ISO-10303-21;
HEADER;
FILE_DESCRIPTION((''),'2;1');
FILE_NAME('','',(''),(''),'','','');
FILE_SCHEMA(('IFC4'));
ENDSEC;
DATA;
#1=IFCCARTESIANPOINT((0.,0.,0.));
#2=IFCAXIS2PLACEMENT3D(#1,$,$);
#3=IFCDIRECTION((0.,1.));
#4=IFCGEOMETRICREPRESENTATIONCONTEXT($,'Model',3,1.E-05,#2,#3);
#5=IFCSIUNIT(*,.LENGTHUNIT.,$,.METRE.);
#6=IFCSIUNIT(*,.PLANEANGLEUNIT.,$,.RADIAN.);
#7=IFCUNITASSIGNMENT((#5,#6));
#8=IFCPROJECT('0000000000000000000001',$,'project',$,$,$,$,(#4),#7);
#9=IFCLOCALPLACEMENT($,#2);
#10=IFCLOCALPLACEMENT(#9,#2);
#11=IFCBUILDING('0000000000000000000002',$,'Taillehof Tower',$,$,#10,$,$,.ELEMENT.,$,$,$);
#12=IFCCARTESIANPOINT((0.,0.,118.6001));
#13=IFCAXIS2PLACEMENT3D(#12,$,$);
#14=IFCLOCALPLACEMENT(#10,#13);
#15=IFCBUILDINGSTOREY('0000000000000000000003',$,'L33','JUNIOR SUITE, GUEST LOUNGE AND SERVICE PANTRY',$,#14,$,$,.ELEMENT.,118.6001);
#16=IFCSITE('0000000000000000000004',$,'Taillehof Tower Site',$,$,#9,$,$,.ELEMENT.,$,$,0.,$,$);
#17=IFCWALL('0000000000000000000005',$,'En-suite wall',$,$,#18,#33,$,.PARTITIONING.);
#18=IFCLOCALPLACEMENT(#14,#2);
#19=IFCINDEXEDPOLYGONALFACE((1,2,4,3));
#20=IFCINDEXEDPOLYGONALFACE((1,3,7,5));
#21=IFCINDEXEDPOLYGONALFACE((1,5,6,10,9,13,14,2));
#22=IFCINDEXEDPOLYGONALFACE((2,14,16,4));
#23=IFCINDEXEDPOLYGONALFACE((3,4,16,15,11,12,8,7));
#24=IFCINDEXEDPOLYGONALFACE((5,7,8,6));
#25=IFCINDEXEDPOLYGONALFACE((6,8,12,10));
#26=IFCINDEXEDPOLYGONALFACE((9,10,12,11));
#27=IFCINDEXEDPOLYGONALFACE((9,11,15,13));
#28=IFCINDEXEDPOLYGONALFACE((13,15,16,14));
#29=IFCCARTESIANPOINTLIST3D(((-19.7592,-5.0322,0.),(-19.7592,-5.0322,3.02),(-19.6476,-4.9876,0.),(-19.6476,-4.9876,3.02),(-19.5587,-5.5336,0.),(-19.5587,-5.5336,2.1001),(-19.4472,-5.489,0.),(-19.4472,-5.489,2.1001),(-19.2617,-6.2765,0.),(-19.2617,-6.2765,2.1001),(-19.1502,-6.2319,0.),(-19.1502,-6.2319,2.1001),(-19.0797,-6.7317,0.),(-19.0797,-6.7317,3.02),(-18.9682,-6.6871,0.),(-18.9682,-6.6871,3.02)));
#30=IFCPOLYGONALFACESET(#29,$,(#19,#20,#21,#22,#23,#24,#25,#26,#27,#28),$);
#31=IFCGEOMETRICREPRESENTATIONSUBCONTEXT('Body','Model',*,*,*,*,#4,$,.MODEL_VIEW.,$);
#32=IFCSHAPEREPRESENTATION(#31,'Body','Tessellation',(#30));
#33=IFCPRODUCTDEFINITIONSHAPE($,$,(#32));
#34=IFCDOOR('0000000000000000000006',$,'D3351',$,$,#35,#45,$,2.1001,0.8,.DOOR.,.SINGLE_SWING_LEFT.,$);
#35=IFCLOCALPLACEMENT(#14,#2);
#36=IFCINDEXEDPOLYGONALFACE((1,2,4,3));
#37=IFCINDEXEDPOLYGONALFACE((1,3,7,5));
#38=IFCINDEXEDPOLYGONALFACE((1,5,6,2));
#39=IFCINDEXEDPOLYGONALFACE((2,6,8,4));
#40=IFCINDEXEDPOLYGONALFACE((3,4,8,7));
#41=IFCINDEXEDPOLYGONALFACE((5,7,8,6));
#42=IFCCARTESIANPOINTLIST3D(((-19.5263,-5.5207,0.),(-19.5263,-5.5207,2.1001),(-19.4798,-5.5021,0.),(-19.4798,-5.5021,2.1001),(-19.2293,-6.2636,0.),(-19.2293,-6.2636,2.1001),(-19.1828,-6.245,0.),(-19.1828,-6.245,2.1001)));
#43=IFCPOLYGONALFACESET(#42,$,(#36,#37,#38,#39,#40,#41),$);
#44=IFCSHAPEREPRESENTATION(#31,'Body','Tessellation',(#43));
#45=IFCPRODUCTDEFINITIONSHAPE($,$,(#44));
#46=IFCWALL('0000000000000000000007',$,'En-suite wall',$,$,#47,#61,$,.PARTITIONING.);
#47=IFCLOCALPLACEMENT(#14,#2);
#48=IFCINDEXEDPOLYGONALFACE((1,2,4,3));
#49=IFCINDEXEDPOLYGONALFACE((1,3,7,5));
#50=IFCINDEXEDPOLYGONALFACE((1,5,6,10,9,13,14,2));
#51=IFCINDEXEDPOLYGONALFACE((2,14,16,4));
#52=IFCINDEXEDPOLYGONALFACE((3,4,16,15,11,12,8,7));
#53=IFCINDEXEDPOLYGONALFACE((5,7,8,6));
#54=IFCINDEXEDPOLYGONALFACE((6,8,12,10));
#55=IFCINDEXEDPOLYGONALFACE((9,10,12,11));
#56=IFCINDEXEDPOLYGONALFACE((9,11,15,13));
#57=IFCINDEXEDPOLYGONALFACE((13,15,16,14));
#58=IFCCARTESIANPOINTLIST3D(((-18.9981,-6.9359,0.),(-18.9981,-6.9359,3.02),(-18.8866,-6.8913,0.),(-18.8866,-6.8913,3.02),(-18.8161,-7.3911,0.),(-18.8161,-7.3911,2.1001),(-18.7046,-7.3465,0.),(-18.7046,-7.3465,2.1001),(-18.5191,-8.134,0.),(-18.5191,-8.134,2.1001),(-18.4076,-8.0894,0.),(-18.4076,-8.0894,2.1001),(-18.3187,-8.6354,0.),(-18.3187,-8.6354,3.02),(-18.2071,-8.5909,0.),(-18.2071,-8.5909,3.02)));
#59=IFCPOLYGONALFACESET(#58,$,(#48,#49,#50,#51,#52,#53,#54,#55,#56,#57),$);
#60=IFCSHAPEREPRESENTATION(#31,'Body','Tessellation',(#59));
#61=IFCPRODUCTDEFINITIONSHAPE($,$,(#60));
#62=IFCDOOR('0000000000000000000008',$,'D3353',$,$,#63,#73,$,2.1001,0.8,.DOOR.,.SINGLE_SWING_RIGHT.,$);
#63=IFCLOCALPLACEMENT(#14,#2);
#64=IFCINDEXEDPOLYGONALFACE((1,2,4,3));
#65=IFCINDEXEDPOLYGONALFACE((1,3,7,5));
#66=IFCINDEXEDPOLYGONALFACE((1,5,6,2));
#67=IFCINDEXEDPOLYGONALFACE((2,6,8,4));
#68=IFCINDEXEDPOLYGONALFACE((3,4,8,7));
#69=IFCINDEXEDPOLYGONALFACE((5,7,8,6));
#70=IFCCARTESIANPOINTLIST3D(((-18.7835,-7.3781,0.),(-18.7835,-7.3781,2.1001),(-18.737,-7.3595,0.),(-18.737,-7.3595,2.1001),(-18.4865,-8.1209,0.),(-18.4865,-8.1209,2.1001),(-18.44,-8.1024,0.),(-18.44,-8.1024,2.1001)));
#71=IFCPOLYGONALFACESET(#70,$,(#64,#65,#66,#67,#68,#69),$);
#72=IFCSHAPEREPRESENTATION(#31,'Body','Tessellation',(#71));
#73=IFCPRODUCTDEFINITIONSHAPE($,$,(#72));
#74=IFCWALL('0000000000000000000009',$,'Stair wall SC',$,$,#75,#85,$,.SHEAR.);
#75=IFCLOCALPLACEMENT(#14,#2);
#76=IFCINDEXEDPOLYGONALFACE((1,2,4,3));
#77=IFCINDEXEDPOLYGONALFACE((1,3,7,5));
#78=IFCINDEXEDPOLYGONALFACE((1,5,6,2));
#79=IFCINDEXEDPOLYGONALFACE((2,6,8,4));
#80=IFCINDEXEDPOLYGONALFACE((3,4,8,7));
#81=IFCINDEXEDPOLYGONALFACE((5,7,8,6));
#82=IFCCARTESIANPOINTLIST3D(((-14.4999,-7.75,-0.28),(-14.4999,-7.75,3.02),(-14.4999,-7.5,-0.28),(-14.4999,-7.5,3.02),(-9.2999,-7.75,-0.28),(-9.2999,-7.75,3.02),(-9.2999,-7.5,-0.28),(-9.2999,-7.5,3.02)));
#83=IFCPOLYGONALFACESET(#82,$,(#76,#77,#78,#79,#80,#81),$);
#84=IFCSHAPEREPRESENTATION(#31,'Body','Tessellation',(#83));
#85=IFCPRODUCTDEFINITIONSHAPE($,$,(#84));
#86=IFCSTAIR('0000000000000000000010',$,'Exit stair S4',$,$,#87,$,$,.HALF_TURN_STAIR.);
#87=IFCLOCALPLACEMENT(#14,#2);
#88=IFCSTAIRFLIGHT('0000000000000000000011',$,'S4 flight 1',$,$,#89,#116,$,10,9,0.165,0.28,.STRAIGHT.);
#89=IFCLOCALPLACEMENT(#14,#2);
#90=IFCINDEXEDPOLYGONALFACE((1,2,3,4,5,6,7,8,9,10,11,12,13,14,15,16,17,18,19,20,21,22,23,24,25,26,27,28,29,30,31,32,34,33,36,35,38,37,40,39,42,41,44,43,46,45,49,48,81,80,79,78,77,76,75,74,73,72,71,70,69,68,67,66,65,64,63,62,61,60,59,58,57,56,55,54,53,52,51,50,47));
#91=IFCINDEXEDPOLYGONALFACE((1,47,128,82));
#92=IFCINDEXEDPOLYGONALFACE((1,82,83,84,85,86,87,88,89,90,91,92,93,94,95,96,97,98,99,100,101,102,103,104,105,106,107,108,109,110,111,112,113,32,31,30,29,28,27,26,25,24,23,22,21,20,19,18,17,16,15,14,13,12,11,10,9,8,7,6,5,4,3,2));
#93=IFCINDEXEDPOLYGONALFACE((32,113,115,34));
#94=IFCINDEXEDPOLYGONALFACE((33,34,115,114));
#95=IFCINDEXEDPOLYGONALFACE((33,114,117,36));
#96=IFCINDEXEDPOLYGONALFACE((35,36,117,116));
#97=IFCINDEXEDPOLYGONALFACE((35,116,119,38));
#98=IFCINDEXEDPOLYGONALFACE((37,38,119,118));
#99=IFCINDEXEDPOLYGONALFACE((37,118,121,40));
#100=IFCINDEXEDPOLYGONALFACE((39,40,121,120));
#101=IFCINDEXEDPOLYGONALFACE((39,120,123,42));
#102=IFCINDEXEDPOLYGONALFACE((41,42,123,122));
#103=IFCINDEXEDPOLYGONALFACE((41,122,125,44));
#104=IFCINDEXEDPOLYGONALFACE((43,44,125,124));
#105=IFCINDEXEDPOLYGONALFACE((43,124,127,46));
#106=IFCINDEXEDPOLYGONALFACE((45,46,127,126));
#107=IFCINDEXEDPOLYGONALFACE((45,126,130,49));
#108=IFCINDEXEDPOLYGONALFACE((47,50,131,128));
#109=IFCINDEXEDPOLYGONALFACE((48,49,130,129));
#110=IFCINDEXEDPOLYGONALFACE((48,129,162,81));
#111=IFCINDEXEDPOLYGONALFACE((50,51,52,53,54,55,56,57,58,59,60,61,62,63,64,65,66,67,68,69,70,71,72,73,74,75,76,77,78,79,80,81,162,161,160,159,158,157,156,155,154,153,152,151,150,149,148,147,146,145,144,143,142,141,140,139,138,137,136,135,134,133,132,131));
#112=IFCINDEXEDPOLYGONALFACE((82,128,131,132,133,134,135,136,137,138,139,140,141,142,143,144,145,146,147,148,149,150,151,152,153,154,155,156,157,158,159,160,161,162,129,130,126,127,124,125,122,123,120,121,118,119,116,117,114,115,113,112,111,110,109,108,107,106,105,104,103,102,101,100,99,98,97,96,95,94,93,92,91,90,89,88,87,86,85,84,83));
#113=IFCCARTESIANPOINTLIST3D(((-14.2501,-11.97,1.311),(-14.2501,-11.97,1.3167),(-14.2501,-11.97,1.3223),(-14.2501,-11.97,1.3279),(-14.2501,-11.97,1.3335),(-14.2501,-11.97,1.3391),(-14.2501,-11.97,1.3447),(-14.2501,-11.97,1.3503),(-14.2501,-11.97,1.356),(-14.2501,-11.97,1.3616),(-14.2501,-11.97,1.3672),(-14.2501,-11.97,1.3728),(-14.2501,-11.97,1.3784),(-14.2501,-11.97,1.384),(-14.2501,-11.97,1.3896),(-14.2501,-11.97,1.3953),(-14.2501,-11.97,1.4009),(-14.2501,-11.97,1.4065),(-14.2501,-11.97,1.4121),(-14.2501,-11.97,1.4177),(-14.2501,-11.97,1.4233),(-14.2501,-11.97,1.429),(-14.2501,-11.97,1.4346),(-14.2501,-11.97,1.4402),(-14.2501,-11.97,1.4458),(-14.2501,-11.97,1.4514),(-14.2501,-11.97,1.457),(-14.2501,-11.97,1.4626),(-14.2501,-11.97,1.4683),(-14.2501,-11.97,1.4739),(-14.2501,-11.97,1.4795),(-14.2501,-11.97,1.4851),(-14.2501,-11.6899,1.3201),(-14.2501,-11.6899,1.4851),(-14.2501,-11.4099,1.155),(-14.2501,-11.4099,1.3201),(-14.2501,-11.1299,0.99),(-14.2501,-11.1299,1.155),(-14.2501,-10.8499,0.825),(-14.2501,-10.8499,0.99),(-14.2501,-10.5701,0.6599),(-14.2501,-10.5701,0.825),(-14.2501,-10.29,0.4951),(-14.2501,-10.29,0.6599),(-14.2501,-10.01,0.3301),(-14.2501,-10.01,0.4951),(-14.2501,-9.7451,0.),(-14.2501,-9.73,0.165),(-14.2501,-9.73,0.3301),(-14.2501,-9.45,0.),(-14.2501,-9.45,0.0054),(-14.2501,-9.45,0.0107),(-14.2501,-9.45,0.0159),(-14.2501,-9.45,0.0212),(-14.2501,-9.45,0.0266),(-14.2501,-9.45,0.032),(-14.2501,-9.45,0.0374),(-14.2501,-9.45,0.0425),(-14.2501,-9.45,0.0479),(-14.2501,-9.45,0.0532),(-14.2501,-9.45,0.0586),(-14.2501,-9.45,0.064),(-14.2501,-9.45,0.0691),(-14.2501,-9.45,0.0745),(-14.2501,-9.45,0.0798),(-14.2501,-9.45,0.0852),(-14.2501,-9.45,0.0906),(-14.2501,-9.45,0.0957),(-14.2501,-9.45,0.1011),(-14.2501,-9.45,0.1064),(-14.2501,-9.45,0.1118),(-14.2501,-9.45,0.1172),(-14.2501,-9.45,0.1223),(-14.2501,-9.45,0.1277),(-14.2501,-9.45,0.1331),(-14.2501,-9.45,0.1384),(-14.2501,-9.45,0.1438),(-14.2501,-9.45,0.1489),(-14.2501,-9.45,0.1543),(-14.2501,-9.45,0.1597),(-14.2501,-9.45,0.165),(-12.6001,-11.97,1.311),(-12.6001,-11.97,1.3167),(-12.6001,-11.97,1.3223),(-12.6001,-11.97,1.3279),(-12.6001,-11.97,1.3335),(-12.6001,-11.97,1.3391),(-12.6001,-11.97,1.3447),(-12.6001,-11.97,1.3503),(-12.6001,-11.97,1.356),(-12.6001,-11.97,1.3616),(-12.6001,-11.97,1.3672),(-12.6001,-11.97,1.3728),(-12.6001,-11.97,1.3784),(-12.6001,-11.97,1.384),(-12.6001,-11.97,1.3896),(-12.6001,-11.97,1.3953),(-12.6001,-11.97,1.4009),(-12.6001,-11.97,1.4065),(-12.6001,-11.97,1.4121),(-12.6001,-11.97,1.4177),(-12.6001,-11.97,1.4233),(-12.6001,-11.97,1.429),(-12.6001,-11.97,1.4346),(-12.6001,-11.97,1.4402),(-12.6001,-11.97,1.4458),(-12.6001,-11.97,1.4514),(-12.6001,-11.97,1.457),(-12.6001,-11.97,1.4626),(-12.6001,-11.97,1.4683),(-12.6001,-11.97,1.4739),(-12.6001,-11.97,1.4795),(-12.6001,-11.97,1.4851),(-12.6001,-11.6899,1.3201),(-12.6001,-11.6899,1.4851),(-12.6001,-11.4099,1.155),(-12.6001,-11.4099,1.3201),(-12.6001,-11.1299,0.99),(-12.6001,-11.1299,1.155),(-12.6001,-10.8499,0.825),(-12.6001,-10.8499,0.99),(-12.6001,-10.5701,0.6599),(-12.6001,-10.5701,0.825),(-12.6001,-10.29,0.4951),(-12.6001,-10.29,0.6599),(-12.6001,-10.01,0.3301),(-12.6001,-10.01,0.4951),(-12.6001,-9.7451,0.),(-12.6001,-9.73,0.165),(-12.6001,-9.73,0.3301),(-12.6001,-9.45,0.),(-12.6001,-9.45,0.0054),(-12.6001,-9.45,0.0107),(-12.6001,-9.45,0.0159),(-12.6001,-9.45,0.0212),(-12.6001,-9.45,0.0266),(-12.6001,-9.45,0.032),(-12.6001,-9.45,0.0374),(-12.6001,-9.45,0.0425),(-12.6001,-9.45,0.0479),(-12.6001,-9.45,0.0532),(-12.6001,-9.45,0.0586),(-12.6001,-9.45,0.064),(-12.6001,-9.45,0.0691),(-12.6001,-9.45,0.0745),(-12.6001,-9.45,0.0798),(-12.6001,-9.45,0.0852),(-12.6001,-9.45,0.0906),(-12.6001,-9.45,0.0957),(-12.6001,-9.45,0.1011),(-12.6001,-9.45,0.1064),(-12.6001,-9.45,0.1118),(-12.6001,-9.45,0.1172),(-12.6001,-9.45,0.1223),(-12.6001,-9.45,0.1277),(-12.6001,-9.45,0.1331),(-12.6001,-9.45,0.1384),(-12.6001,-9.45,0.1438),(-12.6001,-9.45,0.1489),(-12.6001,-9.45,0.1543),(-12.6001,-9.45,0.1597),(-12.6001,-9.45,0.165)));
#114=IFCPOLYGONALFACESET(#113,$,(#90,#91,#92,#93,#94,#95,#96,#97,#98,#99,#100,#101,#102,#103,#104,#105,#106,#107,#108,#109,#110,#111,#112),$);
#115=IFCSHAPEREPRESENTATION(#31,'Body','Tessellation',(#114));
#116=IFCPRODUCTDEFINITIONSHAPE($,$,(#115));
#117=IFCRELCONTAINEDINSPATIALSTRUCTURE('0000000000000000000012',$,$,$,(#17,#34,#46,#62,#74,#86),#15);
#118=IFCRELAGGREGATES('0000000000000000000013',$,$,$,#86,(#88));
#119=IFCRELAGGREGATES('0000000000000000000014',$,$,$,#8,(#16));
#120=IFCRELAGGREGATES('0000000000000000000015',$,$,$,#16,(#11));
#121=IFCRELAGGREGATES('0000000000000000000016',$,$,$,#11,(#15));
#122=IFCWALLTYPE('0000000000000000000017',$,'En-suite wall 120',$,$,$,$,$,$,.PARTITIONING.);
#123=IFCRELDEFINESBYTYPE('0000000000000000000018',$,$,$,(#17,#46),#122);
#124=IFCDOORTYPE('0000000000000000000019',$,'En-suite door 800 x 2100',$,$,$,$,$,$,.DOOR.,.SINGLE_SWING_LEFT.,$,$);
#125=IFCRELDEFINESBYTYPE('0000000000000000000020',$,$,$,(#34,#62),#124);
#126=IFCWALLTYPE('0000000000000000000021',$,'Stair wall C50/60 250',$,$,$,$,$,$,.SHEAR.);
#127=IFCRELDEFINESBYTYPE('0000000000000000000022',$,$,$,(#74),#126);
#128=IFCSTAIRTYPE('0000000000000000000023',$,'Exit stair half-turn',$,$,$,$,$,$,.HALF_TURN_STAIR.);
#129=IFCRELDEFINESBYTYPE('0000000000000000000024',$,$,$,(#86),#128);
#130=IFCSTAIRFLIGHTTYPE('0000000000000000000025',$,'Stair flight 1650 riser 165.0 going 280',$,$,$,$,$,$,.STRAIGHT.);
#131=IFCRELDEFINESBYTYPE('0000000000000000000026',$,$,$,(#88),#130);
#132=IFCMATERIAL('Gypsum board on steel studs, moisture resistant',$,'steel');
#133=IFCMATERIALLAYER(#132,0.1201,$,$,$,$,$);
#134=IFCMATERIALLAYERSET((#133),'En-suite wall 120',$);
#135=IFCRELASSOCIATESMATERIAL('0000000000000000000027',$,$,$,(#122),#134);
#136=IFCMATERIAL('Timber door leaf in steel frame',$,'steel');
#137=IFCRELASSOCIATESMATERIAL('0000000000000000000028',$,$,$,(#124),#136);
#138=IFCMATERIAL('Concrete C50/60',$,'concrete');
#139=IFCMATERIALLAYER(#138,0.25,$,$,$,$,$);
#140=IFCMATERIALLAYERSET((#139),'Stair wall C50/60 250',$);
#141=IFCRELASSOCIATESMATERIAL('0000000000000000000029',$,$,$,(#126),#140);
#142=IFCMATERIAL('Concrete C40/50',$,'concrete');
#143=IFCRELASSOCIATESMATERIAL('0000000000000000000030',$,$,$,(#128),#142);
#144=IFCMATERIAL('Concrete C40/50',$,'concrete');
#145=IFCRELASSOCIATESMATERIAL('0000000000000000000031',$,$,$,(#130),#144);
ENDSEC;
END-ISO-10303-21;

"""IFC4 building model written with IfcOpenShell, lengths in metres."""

from ifc_helpers import new_model, si_unit, direction, frame, frame_2d, origin, place, context, subcontext, project, spatial, polyline, rectangle, outline, extrude, material, layer, layer_set, type_object, element, fill, aggregate, save


model = new_model("IFC4")

# Units and contexts
model_context = context("Model", 3, precision=1e-05, world=origin(), true_north=direction((0.0, 1.0)))
body_context = subcontext(model_context, "Body", "Model", "MODEL_VIEW")
ifc_project = project(units=[si_unit("LENGTHUNIT", "METRE"), si_unit("PLANEANGLEUNIT", "RADIAN")], contexts=[model_context])

# Site, building, storey
site_placement = place(None, origin())
site = spatial("IfcSite", under=ifc_project, at=site_placement, Name="Taillehof Tower Site", CompositionType="ELEMENT", RefElevation=0.0)
building_placement = place(site_placement, origin())
building = spatial("IfcBuilding", under=site, at=building_placement, Name="Taillehof Tower", CompositionType="ELEMENT")
storey_placement = place(building_placement, frame((0.0, 0.0, 118.6001)))
storey = spatial("IfcBuildingStorey", under=building, at=storey_placement, Name="L33", Description="JUNIOR SUITE, GUEST LOUNGE AND SERVICE PANTRY", CompositionType="ELEMENT", Elevation=118.6001)

# Shared definitions
ifc_material_1 = material(Name="Gypsum board on steel studs, moisture resistant", Category="steel")
ifc_layer_1 = layer(ifc_material_1, 0.1201)
ifc_layer_set_1 = layer_set([ifc_layer_1], Name="En-suite wall 120")
wall_type_1 = type_object("IfcWallType", Name="En-suite wall 120", PredefinedType="PARTITIONING", material=ifc_layer_set_1)

# Walls, openings, doors
wall_1_placement = place(storey_placement, frame((-19.7034, -5.01, 0.0), z_axis=(0.0, 0.0, 1.0), x_axis=(0.37123, -0.928541, 0.0)))
wall_1 = element("IfcWall", 1, at=wall_1_placement, inside=storey, type_object=wall_type_1, Name="En-suite wall", PredefinedType="PARTITIONING", context=body_context, shape_type="SweptSolid", body=[
    extrude(rectangle(XDim=1.8303, YDim=0.1201, at=frame_2d((0.915, 0.0))), origin(), (0.0, 0.0, 1.0), 3.02),
])
opening_1_placement = place(wall_1_placement, frame((0.54, 0.0, 0.0)))
opening_1 = element("IfcOpeningElement", 2, at=opening_1_placement, cuts=wall_1, PredefinedType="OPENING", context=body_context, shape_type="SweptSolid", body=[
    extrude(rectangle(XDim=0.8, YDim=2.1001, at=frame_2d((0.3999, 1.05))), frame((0.0, 0.0701, 0.0), z_axis=(0.0, -1.0, 0.0), x_axis=(1.0, 0.0, 0.0)), (0.0, 0.0, 1.0), 0.1401),
])
ifc_material_2 = material(Name="Timber door leaf in steel frame", Category="steel")
door_type_1 = type_object("IfcDoorType", Name="En-suite door 800 x 2100", OperationType="SINGLE_SWING_LEFT", PredefinedType="DOOR", material=ifc_material_2)
door_1_placement = place(opening_1_placement, origin())
door_1 = element("IfcDoor", 3, at=door_1_placement, inside=storey, type_object=door_type_1, Name="D3351", OperationType="SINGLE_SWING_LEFT", OverallHeight=2.1001, OverallWidth=0.8, PredefinedType="DOOR", context=body_context, shape_type="SweptSolid", body=[
    extrude(rectangle(XDim=0.8, YDim=2.1001, at=frame_2d((0.3999, 1.05))), frame((0.0, 0.0249, 0.0), z_axis=(0.0, -1.0, 0.0), x_axis=(1.0, 0.0, 0.0)), (0.0, 0.0, 1.0), 0.05),
])
fill(opening_1, door_1)
wall_2_placement = place(storey_placement, frame((-18.2629, -8.613, 0.0), z_axis=(0.0, 0.0, 1.0), x_axis=(-0.37123, 0.928541, 0.0)))
wall_2 = element("IfcWall", 4, at=wall_2_placement, inside=storey, type_object=wall_type_1, Name="En-suite wall", PredefinedType="PARTITIONING", context=body_context, shape_type="SweptSolid", body=[
    extrude(rectangle(XDim=1.8303, YDim=0.1201, at=frame_2d((0.915, 0.0))), origin(), (0.0, 0.0, 1.0), 3.02),
])
opening_2_placement = place(wall_2_placement, frame((0.54, 0.0, 0.0)))
opening_2 = element("IfcOpeningElement", 5, at=opening_2_placement, cuts=wall_2, PredefinedType="OPENING", context=body_context, shape_type="SweptSolid", body=[
    extrude(rectangle(XDim=0.8, YDim=2.1001, at=frame_2d((0.3999, 1.05))), frame((0.0, 0.0701, 0.0), z_axis=(0.0, -1.0, 0.0), x_axis=(1.0, 0.0, 0.0)), (0.0, 0.0, 1.0), 0.1401),
])
door_2_placement = place(opening_2_placement, origin())
door_2 = element("IfcDoor", 6, at=door_2_placement, inside=storey, type_object=door_type_1, Name="D3353", OperationType="SINGLE_SWING_RIGHT", OverallHeight=2.1001, OverallWidth=0.8, PredefinedType="DOOR", context=body_context, shape_type="SweptSolid", body=[
    extrude(rectangle(XDim=0.8, YDim=2.1001, at=frame_2d((0.3999, 1.05))), frame((0.0, 0.0249, 0.0), z_axis=(0.0, -1.0, 0.0), x_axis=(1.0, 0.0, 0.0)), (0.0, 0.0, 1.0), 0.05),
])
fill(opening_2, door_2)

# Wall
ifc_material_3 = material(Name="Concrete C50/60", Category="concrete")
ifc_layer_2 = layer(ifc_material_3, 0.25)
ifc_layer_set_2 = layer_set([ifc_layer_2], Name="Stair wall C50/60 250")
wall_type_2 = type_object("IfcWallType", Name="Stair wall C50/60 250", PredefinedType="SHEAR", material=ifc_layer_set_2)
wall_3_placement = place(storey_placement, frame((-14.5, -7.625, -0.28), z_axis=(0.0, 0.0, 1.0), x_axis=(1.0, 0.0, 0.0)))
element("IfcWall", 7, at=wall_3_placement, inside=storey, type_object=wall_type_2, Name="Stair wall SC", PredefinedType="SHEAR", context=body_context, shape_type="SweptSolid", body=[
    extrude(rectangle(XDim=5.2, YDim=0.25, at=frame_2d((2.6001, 0.0))), origin(), (0.0, 0.0, 1.0), 3.3),
])

# Stair, stair flight
ifc_material_4 = material(Name="Concrete C40/50", Category="concrete")
stair_type = type_object("IfcStairType", Name="Exit stair half-turn", PredefinedType="HALF_TURN_STAIR", material=ifc_material_4)
stair_placement = place(storey_placement, origin())
stair = element("IfcStair", 8, at=stair_placement, inside=storey, type_object=stair_type, Name="Exit stair S4", PredefinedType="HALF_TURN_STAIR")
ifc_material_5 = material(Name="Concrete C40/50", Category="concrete")
stair_flight_type = type_object("IfcStairFlightType", Name="Stair flight 1650 riser 165.0 going 280", PredefinedType="STRAIGHT", material=ifc_material_5)
stair_flight_placement = place(storey_placement, frame((-13.425, -9.45, 0.0), z_axis=(0.0, 0.0, 1.0), x_axis=(0.0, -1.0, 0.0)))
stair_flight = element("IfcStairFlight", 9, at=stair_flight_placement, type_object=stair_flight_type, Name="S4 flight 1", NumberOfRisers=10, NumberOfTreads=9, PredefinedType="STRAIGHT", RiserHeight=0.165, TreadLength=0.28, context=body_context, shape_type="SweptSolid", body=[
    extrude(outline(polyline([(0.0, 0.0), (0.0, 0.0054), (0.0, 0.0107), (0.0, 0.0159), (0.0, 0.0212), (0.0, 0.0266), (0.0, 0.032), (0.0, 0.0374), (0.0, 0.0425), (0.0, 0.0479), (0.0, 0.0532), (0.0, 0.0586), (0.0, 0.064), (0.0, 0.0691), (0.0, 0.0745), (0.0, 0.0798), (0.0, 0.0852), (0.0, 0.0906), (0.0, 0.0957), (0.0, 0.1011), (0.0, 0.1064), (0.0, 0.1118), (0.0, 0.1172), (0.0, 0.1223), (0.0, 0.1277), (0.0, 0.1331), (0.0, 0.1384), (0.0, 0.1438), (0.0, 0.1489), (0.0, 0.1543), (0.0, 0.1597), (0.0, 0.165), (0.28, 0.165), (0.28, 0.3301), (0.5601, 0.3301), (0.5601, 0.4951), (0.8401, 0.4951), (0.8401, 0.6599), (1.1201, 0.6599), (1.1201, 0.825), (1.3999, 0.825), (1.3999, 0.99), (1.6799, 0.99), (1.6799, 1.155), (1.96, 1.155), (1.96, 1.3201), (2.24, 1.3201), (2.24, 1.4851), (2.52, 1.4851), (2.52, 1.4795), (2.52, 1.4739), (2.52, 1.4683), (2.52, 1.4626), (2.52, 1.457), (2.52, 1.4514), (2.52, 1.4458), (2.52, 1.4402), (2.52, 1.4346), (2.52, 1.429), (2.52, 1.4233), (2.52, 1.4177), (2.52, 1.4121), (2.52, 1.4065), (2.52, 1.4009), (2.52, 1.3953), (2.52, 1.3896), (2.52, 1.384), (2.52, 1.3784), (2.52, 1.3728), (2.52, 1.3672), (2.52, 1.3616), (2.52, 1.356), (2.52, 1.3503), (2.52, 1.3447), (2.52, 1.3391), (2.52, 1.3335), (2.52, 1.3279), (2.52, 1.3223), (2.52, 1.3167), (2.52, 1.311), (0.2952, 0.0), (0.0, 0.0)])), frame((0.0, 0.825, 0.0), z_axis=(0.0, -1.0, 0.0), x_axis=(1.0, 0.0, 0.0)), (0.0, 0.0, 1.0), 1.65),
])
aggregate(stair, [stair_flight])

save(model, "model.ifc")
